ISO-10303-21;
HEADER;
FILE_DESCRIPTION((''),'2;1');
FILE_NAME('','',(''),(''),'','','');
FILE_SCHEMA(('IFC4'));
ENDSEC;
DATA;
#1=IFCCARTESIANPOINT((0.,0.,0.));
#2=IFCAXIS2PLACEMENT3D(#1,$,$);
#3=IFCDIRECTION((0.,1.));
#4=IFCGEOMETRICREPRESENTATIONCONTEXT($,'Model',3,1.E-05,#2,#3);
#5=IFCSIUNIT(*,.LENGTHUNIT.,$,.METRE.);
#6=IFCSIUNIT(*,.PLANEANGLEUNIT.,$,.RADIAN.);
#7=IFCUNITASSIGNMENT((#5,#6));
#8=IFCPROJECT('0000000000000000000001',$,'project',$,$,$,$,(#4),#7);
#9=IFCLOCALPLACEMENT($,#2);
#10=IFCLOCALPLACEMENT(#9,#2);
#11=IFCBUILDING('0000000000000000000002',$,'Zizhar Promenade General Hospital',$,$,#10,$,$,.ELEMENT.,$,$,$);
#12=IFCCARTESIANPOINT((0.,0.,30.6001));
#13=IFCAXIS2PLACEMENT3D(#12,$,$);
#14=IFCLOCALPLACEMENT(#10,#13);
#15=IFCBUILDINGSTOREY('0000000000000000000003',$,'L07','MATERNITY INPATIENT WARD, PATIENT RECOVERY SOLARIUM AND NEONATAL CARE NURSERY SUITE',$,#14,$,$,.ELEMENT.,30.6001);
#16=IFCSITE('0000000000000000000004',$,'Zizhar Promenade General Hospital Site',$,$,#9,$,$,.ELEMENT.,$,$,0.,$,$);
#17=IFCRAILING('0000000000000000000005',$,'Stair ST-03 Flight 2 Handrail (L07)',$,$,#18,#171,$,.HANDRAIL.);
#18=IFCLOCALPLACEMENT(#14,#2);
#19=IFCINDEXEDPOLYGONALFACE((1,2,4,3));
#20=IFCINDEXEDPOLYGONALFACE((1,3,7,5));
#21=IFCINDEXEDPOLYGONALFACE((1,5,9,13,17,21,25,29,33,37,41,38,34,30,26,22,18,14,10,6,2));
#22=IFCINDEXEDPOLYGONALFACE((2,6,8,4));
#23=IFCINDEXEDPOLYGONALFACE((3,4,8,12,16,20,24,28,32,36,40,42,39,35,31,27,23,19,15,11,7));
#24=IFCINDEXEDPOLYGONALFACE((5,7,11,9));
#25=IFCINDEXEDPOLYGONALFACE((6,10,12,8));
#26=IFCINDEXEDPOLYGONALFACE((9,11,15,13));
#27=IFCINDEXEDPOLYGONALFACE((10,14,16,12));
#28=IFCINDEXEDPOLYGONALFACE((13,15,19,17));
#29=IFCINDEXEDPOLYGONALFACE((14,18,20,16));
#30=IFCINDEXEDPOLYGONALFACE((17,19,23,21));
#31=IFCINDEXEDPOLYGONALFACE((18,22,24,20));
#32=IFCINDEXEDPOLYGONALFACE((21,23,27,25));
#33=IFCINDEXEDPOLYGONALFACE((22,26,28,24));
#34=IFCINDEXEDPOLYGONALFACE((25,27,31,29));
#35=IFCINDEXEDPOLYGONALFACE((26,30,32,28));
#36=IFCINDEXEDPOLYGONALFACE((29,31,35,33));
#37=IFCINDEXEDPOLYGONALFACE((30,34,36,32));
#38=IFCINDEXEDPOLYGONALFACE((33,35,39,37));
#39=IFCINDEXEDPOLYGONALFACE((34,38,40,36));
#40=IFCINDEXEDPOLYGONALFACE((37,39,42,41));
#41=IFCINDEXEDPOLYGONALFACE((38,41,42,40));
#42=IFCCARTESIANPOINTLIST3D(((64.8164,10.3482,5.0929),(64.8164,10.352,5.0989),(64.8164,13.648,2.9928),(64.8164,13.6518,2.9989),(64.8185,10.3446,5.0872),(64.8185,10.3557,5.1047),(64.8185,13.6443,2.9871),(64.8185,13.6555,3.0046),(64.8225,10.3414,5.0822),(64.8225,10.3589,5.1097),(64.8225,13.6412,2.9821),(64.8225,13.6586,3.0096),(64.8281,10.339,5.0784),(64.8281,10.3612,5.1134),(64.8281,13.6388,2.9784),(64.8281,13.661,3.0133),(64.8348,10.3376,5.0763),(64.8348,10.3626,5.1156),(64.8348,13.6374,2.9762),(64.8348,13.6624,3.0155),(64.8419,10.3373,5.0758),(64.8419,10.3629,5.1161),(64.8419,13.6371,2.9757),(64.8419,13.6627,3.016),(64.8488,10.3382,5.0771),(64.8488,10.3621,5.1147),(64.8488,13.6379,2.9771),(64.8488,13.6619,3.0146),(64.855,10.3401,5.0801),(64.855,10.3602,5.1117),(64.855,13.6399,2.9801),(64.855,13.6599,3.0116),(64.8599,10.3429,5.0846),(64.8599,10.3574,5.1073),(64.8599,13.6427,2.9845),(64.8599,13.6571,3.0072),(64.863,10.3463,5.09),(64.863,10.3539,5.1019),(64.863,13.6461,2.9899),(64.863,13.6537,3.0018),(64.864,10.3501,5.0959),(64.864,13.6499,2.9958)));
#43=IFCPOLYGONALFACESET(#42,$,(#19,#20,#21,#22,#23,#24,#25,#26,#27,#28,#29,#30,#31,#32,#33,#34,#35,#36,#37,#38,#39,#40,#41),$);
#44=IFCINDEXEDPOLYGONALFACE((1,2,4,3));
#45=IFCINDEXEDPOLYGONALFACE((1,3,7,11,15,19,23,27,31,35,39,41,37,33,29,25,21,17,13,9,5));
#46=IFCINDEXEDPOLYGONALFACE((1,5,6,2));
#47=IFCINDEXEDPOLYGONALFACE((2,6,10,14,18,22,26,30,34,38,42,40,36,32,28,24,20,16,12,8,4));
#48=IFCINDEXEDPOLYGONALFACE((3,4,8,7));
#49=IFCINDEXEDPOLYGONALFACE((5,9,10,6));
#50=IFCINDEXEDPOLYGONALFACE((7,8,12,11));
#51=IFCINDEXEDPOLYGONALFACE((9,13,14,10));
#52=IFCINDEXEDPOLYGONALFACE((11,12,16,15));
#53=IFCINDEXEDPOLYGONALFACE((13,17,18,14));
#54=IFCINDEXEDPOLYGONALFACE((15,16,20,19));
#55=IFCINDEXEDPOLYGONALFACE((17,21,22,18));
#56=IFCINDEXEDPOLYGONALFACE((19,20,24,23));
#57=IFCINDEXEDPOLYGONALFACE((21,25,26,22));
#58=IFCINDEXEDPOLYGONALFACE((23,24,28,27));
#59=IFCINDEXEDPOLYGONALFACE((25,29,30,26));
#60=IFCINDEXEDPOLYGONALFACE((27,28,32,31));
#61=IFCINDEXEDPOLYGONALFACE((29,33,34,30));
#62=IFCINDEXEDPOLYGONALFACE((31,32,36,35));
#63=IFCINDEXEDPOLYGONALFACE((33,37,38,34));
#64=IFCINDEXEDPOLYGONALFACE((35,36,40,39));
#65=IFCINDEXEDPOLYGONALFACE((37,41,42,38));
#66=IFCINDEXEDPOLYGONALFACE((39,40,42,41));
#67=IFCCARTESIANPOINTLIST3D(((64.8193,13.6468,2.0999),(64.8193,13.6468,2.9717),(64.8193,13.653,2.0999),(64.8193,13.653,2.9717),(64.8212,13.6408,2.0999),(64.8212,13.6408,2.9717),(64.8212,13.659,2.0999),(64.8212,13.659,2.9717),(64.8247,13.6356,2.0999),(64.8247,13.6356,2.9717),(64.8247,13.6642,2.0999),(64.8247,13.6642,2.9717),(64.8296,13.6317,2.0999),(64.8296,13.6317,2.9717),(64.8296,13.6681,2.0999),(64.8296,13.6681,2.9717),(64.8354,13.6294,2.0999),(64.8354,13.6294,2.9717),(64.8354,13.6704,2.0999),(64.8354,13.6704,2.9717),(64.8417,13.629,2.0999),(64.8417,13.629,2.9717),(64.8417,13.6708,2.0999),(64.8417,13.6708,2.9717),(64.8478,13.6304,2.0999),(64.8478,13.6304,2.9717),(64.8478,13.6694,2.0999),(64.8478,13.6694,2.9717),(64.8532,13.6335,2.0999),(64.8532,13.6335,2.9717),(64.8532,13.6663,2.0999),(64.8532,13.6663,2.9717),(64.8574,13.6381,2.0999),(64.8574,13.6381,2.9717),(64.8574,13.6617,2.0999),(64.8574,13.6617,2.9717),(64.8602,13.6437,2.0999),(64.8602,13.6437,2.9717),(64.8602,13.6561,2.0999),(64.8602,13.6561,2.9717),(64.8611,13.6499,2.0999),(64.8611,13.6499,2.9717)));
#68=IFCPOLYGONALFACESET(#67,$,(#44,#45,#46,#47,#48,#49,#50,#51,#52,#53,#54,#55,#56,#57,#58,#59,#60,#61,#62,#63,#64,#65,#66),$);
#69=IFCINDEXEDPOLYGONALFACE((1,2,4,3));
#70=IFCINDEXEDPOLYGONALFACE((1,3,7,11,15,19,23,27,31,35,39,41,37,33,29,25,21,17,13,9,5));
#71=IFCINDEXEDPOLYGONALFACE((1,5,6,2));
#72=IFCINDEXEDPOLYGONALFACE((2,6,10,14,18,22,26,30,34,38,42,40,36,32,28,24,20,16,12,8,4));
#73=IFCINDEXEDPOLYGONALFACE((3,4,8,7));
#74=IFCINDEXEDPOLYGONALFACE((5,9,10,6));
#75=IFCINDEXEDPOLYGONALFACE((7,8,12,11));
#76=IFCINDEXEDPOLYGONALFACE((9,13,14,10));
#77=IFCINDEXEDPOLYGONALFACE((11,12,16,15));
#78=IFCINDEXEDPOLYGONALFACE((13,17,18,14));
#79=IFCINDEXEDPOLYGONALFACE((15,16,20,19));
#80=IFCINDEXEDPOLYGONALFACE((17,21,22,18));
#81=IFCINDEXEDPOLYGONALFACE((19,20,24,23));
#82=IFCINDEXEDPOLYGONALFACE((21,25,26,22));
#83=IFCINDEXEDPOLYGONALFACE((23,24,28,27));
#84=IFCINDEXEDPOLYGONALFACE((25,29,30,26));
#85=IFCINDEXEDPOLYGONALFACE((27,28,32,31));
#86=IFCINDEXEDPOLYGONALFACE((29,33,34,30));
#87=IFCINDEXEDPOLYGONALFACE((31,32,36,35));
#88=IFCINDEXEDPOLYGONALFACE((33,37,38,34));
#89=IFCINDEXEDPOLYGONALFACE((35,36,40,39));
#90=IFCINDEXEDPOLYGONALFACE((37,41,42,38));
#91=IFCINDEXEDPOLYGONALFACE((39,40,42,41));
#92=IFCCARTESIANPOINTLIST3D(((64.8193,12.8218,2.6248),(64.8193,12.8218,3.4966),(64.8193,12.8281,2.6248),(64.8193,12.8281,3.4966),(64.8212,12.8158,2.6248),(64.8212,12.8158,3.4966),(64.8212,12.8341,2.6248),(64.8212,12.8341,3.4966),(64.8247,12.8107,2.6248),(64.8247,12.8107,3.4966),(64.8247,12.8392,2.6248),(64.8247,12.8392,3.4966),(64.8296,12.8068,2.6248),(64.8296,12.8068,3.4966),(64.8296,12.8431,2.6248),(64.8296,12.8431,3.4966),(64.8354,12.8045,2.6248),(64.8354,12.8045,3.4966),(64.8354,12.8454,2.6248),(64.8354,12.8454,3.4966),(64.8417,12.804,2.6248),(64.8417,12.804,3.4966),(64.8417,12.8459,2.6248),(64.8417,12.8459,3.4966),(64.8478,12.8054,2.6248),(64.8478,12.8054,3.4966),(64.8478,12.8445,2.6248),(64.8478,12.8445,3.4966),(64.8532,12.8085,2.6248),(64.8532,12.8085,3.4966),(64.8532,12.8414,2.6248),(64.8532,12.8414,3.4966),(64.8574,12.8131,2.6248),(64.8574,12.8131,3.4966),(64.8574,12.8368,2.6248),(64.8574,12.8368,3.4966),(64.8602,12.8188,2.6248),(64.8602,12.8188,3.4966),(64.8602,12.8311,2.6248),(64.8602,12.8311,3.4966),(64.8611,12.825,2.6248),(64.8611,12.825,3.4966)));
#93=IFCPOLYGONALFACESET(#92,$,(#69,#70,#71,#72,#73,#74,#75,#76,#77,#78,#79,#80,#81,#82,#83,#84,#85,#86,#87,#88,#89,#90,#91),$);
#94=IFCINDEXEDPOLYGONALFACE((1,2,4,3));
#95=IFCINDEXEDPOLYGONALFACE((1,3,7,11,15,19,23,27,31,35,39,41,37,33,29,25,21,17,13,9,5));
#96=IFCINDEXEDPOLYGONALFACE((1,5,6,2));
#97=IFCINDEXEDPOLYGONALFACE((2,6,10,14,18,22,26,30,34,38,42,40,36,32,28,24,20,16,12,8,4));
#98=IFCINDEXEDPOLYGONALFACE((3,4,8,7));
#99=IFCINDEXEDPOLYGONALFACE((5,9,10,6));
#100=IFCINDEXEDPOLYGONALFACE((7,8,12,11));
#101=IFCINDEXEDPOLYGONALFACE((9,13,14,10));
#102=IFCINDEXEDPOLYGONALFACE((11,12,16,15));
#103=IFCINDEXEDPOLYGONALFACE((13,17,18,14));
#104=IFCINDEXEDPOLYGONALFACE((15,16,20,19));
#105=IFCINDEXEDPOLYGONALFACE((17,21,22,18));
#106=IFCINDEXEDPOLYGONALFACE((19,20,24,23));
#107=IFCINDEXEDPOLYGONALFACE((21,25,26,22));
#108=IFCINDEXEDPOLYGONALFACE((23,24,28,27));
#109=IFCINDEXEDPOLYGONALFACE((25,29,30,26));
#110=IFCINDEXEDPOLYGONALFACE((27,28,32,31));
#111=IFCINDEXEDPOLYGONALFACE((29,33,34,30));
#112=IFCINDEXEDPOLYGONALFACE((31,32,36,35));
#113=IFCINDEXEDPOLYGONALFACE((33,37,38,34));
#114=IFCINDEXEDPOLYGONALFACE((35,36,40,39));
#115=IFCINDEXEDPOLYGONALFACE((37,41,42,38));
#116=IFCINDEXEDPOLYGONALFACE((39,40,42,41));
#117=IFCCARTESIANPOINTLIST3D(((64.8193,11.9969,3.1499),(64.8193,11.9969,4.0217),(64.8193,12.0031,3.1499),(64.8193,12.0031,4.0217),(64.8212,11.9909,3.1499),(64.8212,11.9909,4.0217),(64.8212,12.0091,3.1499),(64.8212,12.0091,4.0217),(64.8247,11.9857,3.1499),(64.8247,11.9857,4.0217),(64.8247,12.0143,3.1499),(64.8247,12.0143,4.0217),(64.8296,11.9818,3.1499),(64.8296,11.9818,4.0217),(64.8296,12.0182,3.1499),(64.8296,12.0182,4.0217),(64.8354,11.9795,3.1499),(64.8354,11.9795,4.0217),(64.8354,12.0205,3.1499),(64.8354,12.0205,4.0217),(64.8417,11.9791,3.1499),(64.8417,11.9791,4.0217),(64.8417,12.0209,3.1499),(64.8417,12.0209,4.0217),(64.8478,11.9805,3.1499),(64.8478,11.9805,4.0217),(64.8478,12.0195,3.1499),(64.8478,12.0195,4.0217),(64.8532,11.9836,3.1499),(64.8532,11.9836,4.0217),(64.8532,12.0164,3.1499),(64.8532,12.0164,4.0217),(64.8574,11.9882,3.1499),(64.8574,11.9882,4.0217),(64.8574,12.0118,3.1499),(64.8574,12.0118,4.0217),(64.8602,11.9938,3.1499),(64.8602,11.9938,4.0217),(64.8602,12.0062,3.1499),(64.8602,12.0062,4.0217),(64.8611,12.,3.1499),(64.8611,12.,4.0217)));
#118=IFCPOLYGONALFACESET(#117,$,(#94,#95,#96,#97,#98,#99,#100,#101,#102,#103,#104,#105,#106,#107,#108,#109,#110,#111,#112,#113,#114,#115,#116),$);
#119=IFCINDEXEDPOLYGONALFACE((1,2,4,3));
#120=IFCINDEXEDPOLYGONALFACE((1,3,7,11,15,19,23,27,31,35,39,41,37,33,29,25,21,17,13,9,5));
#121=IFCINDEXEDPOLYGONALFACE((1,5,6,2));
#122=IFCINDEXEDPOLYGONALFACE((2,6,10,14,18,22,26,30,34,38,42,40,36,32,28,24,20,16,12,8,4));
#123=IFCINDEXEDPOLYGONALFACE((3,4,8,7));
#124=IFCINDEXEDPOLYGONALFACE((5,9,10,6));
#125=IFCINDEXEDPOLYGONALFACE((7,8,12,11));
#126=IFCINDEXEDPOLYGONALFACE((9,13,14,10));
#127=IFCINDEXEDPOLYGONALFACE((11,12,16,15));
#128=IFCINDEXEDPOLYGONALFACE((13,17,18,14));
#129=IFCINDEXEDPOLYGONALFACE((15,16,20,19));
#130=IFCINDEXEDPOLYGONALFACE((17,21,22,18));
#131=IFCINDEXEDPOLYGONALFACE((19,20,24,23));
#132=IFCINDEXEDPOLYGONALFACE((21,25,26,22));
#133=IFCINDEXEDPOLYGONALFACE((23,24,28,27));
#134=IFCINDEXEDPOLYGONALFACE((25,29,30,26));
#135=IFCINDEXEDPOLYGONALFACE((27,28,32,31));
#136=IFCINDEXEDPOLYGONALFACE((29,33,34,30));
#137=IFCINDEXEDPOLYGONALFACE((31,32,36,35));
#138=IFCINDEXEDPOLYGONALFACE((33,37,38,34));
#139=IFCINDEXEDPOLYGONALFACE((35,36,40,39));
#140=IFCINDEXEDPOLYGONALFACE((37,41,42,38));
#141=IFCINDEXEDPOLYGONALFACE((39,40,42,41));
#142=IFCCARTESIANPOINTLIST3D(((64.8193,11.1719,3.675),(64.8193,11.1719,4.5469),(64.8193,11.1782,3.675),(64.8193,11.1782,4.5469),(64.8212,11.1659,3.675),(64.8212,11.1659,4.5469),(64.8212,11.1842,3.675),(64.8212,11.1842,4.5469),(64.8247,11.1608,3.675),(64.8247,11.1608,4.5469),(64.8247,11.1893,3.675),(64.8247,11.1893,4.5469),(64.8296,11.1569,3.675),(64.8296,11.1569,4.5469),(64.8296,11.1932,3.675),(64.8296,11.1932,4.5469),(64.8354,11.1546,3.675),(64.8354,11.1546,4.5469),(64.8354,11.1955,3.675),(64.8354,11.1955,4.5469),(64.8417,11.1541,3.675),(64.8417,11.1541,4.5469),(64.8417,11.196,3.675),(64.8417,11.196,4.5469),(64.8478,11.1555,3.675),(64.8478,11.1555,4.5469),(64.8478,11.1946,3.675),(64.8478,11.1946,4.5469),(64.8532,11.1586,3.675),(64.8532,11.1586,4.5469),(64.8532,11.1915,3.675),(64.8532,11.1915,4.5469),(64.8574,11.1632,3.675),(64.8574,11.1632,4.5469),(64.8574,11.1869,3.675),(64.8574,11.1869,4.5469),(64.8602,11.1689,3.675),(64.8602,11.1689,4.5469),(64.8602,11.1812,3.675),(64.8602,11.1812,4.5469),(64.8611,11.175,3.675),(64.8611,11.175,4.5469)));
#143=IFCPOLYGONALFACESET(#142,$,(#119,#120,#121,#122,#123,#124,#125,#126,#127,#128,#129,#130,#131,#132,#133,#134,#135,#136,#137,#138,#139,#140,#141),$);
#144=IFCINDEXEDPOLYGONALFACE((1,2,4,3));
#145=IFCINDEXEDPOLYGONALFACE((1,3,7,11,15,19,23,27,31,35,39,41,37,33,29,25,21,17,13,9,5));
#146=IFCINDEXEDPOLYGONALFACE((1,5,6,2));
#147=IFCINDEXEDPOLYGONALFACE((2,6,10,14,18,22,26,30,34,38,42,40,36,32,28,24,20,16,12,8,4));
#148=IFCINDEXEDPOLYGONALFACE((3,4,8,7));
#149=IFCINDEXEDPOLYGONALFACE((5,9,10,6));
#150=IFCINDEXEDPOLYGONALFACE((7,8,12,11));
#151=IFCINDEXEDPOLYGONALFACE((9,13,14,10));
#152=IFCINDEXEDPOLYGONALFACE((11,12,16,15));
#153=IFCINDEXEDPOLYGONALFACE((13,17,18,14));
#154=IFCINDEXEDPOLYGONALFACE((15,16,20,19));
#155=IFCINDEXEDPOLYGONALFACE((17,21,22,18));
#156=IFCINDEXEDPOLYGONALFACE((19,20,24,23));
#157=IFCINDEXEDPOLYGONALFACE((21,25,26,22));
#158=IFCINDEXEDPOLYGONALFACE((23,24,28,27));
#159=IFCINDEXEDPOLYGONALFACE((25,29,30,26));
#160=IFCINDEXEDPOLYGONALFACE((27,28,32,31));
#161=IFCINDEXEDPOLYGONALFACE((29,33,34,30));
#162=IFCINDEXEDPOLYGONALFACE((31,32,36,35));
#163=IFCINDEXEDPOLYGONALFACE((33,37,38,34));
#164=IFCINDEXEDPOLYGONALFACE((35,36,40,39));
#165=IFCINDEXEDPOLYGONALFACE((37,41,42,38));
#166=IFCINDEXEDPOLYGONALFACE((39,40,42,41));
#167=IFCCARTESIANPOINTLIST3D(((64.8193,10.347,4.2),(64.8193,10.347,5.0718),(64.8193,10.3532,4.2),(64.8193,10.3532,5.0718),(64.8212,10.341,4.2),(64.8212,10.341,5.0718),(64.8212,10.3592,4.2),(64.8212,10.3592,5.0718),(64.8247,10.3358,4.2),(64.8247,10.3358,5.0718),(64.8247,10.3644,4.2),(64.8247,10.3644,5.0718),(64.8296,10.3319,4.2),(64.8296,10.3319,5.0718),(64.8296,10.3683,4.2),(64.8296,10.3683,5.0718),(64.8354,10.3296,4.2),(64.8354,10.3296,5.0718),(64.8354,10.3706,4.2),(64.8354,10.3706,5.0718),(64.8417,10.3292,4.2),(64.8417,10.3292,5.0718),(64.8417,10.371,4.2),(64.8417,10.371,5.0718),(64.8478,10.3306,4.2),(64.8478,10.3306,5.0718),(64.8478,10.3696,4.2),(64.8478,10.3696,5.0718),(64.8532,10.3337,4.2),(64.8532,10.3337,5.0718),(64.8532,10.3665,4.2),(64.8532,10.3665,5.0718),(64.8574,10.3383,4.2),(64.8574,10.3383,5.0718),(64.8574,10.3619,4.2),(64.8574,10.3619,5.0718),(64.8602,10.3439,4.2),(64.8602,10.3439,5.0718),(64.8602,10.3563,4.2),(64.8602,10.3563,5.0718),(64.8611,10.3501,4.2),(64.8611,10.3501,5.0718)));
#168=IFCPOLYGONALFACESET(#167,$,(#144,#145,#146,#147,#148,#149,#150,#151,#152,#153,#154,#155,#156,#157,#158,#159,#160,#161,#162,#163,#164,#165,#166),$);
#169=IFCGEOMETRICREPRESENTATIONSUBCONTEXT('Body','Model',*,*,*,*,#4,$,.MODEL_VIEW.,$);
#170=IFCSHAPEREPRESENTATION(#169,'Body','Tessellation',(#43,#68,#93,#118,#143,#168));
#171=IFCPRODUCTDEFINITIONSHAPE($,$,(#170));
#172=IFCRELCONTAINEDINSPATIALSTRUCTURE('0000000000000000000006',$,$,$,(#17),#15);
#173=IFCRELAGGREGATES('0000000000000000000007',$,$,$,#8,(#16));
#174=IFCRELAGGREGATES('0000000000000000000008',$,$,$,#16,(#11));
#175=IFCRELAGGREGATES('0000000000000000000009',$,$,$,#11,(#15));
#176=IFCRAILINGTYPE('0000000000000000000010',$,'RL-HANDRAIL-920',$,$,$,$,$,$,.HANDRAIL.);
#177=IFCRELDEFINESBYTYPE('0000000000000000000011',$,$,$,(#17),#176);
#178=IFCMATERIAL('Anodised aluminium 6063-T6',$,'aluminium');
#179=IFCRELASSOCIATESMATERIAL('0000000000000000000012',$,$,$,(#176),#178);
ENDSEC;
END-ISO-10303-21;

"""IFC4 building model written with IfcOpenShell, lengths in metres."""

from ifc_helpers import new_model, si_unit, direction, frame, origin, origin_2d, place, context, subcontext, project, spatial, circle, hollow_circle, extrude, material, material_profile, profile_set, type_object, element, save


model = new_model("IFC4")

# Units and contexts
model_context = context("Model", 3, precision=1e-05, world=origin(), true_north=direction((0.0, 1.0)))
body_context = subcontext(model_context, "Body", "Model", "MODEL_VIEW")
ifc_project = project(units=[si_unit("LENGTHUNIT", "METRE"), si_unit("PLANEANGLEUNIT", "RADIAN")], contexts=[model_context])

# Site, building, storey
site_placement = place(None, origin())
site = spatial("IfcSite", under=ifc_project, at=site_placement, Name="Zizhar Promenade General Hospital Site", CompositionType="ELEMENT", RefElevation=0.0)
building_placement = place(site_placement, origin())
building = spatial("IfcBuilding", under=site, at=building_placement, Name="Zizhar Promenade General Hospital", CompositionType="ELEMENT")
storey_placement = place(building_placement, frame((0.0, 0.0, 30.6001)))
storey = spatial("IfcBuildingStorey", under=building, at=storey_placement, Name="L07", Description="MATERNITY INPATIENT WARD, PATIENT RECOVERY SOLARIUM AND NEONATAL CARE NURSERY SUITE", CompositionType="ELEMENT", Elevation=30.6001)

# Railing
ifc_material_1 = material(Name="Anodised aluminium 6063-T6", Category="aluminium")
ifc_material_profile_1 = material_profile(ifc_material_1, hollow_circle(Radius=0.0698, WallThickness=0.0063, at=origin_2d()))
ifc_profile_set_1 = profile_set([ifc_material_profile_1], Name="Anodised aluminium 6063-T6")
railing_type_1 = type_object("IfcRailingType", Name="RL-HANDRAIL-920", PredefinedType="HANDRAIL", material=ifc_profile_set_1)
railing_1_placement = place(storey_placement, frame((64.8401, 13.6499, 2.0999)))
element("IfcRailing", 1, at=railing_1_placement, inside=storey, type_object=railing_type_1, Name="Stair ST-03 Flight 2 Handrail (L07)", PredefinedType="HANDRAIL", context=body_context, shape_type="SweptSolid", body=[
    extrude(circle(Radius=0.0239, at=origin_2d()), frame((0.0, 0.0, 0.896), z_axis=(0.0, -0.843636, 0.536916), x_axis=(1.0, 0.0, 0.0)), (0.0, 0.0, 1.0), 3.9114),
    extrude(circle(Radius=0.021, at=origin_2d()), origin(), (0.0, 0.0, 1.0), 0.8718),
    extrude(circle(Radius=0.021, at=origin_2d()), frame((0.0, -0.825, 0.5249)), (0.0, 0.0, 1.0), 0.8718),
    extrude(circle(Radius=0.021, at=origin_2d()), frame((0.0, -1.6499, 1.05)), (0.0, 0.0, 1.0), 0.8718),
    extrude(circle(Radius=0.021, at=origin_2d()), frame((0.0, -2.4749, 1.5752)), (0.0, 0.0, 1.0), 0.8718),
    extrude(circle(Radius=0.021, at=origin_2d()), frame((0.0, -3.2998, 2.1001)), (0.0, 0.0, 1.0), 0.8718),
])

save(model, "model.ifc")
